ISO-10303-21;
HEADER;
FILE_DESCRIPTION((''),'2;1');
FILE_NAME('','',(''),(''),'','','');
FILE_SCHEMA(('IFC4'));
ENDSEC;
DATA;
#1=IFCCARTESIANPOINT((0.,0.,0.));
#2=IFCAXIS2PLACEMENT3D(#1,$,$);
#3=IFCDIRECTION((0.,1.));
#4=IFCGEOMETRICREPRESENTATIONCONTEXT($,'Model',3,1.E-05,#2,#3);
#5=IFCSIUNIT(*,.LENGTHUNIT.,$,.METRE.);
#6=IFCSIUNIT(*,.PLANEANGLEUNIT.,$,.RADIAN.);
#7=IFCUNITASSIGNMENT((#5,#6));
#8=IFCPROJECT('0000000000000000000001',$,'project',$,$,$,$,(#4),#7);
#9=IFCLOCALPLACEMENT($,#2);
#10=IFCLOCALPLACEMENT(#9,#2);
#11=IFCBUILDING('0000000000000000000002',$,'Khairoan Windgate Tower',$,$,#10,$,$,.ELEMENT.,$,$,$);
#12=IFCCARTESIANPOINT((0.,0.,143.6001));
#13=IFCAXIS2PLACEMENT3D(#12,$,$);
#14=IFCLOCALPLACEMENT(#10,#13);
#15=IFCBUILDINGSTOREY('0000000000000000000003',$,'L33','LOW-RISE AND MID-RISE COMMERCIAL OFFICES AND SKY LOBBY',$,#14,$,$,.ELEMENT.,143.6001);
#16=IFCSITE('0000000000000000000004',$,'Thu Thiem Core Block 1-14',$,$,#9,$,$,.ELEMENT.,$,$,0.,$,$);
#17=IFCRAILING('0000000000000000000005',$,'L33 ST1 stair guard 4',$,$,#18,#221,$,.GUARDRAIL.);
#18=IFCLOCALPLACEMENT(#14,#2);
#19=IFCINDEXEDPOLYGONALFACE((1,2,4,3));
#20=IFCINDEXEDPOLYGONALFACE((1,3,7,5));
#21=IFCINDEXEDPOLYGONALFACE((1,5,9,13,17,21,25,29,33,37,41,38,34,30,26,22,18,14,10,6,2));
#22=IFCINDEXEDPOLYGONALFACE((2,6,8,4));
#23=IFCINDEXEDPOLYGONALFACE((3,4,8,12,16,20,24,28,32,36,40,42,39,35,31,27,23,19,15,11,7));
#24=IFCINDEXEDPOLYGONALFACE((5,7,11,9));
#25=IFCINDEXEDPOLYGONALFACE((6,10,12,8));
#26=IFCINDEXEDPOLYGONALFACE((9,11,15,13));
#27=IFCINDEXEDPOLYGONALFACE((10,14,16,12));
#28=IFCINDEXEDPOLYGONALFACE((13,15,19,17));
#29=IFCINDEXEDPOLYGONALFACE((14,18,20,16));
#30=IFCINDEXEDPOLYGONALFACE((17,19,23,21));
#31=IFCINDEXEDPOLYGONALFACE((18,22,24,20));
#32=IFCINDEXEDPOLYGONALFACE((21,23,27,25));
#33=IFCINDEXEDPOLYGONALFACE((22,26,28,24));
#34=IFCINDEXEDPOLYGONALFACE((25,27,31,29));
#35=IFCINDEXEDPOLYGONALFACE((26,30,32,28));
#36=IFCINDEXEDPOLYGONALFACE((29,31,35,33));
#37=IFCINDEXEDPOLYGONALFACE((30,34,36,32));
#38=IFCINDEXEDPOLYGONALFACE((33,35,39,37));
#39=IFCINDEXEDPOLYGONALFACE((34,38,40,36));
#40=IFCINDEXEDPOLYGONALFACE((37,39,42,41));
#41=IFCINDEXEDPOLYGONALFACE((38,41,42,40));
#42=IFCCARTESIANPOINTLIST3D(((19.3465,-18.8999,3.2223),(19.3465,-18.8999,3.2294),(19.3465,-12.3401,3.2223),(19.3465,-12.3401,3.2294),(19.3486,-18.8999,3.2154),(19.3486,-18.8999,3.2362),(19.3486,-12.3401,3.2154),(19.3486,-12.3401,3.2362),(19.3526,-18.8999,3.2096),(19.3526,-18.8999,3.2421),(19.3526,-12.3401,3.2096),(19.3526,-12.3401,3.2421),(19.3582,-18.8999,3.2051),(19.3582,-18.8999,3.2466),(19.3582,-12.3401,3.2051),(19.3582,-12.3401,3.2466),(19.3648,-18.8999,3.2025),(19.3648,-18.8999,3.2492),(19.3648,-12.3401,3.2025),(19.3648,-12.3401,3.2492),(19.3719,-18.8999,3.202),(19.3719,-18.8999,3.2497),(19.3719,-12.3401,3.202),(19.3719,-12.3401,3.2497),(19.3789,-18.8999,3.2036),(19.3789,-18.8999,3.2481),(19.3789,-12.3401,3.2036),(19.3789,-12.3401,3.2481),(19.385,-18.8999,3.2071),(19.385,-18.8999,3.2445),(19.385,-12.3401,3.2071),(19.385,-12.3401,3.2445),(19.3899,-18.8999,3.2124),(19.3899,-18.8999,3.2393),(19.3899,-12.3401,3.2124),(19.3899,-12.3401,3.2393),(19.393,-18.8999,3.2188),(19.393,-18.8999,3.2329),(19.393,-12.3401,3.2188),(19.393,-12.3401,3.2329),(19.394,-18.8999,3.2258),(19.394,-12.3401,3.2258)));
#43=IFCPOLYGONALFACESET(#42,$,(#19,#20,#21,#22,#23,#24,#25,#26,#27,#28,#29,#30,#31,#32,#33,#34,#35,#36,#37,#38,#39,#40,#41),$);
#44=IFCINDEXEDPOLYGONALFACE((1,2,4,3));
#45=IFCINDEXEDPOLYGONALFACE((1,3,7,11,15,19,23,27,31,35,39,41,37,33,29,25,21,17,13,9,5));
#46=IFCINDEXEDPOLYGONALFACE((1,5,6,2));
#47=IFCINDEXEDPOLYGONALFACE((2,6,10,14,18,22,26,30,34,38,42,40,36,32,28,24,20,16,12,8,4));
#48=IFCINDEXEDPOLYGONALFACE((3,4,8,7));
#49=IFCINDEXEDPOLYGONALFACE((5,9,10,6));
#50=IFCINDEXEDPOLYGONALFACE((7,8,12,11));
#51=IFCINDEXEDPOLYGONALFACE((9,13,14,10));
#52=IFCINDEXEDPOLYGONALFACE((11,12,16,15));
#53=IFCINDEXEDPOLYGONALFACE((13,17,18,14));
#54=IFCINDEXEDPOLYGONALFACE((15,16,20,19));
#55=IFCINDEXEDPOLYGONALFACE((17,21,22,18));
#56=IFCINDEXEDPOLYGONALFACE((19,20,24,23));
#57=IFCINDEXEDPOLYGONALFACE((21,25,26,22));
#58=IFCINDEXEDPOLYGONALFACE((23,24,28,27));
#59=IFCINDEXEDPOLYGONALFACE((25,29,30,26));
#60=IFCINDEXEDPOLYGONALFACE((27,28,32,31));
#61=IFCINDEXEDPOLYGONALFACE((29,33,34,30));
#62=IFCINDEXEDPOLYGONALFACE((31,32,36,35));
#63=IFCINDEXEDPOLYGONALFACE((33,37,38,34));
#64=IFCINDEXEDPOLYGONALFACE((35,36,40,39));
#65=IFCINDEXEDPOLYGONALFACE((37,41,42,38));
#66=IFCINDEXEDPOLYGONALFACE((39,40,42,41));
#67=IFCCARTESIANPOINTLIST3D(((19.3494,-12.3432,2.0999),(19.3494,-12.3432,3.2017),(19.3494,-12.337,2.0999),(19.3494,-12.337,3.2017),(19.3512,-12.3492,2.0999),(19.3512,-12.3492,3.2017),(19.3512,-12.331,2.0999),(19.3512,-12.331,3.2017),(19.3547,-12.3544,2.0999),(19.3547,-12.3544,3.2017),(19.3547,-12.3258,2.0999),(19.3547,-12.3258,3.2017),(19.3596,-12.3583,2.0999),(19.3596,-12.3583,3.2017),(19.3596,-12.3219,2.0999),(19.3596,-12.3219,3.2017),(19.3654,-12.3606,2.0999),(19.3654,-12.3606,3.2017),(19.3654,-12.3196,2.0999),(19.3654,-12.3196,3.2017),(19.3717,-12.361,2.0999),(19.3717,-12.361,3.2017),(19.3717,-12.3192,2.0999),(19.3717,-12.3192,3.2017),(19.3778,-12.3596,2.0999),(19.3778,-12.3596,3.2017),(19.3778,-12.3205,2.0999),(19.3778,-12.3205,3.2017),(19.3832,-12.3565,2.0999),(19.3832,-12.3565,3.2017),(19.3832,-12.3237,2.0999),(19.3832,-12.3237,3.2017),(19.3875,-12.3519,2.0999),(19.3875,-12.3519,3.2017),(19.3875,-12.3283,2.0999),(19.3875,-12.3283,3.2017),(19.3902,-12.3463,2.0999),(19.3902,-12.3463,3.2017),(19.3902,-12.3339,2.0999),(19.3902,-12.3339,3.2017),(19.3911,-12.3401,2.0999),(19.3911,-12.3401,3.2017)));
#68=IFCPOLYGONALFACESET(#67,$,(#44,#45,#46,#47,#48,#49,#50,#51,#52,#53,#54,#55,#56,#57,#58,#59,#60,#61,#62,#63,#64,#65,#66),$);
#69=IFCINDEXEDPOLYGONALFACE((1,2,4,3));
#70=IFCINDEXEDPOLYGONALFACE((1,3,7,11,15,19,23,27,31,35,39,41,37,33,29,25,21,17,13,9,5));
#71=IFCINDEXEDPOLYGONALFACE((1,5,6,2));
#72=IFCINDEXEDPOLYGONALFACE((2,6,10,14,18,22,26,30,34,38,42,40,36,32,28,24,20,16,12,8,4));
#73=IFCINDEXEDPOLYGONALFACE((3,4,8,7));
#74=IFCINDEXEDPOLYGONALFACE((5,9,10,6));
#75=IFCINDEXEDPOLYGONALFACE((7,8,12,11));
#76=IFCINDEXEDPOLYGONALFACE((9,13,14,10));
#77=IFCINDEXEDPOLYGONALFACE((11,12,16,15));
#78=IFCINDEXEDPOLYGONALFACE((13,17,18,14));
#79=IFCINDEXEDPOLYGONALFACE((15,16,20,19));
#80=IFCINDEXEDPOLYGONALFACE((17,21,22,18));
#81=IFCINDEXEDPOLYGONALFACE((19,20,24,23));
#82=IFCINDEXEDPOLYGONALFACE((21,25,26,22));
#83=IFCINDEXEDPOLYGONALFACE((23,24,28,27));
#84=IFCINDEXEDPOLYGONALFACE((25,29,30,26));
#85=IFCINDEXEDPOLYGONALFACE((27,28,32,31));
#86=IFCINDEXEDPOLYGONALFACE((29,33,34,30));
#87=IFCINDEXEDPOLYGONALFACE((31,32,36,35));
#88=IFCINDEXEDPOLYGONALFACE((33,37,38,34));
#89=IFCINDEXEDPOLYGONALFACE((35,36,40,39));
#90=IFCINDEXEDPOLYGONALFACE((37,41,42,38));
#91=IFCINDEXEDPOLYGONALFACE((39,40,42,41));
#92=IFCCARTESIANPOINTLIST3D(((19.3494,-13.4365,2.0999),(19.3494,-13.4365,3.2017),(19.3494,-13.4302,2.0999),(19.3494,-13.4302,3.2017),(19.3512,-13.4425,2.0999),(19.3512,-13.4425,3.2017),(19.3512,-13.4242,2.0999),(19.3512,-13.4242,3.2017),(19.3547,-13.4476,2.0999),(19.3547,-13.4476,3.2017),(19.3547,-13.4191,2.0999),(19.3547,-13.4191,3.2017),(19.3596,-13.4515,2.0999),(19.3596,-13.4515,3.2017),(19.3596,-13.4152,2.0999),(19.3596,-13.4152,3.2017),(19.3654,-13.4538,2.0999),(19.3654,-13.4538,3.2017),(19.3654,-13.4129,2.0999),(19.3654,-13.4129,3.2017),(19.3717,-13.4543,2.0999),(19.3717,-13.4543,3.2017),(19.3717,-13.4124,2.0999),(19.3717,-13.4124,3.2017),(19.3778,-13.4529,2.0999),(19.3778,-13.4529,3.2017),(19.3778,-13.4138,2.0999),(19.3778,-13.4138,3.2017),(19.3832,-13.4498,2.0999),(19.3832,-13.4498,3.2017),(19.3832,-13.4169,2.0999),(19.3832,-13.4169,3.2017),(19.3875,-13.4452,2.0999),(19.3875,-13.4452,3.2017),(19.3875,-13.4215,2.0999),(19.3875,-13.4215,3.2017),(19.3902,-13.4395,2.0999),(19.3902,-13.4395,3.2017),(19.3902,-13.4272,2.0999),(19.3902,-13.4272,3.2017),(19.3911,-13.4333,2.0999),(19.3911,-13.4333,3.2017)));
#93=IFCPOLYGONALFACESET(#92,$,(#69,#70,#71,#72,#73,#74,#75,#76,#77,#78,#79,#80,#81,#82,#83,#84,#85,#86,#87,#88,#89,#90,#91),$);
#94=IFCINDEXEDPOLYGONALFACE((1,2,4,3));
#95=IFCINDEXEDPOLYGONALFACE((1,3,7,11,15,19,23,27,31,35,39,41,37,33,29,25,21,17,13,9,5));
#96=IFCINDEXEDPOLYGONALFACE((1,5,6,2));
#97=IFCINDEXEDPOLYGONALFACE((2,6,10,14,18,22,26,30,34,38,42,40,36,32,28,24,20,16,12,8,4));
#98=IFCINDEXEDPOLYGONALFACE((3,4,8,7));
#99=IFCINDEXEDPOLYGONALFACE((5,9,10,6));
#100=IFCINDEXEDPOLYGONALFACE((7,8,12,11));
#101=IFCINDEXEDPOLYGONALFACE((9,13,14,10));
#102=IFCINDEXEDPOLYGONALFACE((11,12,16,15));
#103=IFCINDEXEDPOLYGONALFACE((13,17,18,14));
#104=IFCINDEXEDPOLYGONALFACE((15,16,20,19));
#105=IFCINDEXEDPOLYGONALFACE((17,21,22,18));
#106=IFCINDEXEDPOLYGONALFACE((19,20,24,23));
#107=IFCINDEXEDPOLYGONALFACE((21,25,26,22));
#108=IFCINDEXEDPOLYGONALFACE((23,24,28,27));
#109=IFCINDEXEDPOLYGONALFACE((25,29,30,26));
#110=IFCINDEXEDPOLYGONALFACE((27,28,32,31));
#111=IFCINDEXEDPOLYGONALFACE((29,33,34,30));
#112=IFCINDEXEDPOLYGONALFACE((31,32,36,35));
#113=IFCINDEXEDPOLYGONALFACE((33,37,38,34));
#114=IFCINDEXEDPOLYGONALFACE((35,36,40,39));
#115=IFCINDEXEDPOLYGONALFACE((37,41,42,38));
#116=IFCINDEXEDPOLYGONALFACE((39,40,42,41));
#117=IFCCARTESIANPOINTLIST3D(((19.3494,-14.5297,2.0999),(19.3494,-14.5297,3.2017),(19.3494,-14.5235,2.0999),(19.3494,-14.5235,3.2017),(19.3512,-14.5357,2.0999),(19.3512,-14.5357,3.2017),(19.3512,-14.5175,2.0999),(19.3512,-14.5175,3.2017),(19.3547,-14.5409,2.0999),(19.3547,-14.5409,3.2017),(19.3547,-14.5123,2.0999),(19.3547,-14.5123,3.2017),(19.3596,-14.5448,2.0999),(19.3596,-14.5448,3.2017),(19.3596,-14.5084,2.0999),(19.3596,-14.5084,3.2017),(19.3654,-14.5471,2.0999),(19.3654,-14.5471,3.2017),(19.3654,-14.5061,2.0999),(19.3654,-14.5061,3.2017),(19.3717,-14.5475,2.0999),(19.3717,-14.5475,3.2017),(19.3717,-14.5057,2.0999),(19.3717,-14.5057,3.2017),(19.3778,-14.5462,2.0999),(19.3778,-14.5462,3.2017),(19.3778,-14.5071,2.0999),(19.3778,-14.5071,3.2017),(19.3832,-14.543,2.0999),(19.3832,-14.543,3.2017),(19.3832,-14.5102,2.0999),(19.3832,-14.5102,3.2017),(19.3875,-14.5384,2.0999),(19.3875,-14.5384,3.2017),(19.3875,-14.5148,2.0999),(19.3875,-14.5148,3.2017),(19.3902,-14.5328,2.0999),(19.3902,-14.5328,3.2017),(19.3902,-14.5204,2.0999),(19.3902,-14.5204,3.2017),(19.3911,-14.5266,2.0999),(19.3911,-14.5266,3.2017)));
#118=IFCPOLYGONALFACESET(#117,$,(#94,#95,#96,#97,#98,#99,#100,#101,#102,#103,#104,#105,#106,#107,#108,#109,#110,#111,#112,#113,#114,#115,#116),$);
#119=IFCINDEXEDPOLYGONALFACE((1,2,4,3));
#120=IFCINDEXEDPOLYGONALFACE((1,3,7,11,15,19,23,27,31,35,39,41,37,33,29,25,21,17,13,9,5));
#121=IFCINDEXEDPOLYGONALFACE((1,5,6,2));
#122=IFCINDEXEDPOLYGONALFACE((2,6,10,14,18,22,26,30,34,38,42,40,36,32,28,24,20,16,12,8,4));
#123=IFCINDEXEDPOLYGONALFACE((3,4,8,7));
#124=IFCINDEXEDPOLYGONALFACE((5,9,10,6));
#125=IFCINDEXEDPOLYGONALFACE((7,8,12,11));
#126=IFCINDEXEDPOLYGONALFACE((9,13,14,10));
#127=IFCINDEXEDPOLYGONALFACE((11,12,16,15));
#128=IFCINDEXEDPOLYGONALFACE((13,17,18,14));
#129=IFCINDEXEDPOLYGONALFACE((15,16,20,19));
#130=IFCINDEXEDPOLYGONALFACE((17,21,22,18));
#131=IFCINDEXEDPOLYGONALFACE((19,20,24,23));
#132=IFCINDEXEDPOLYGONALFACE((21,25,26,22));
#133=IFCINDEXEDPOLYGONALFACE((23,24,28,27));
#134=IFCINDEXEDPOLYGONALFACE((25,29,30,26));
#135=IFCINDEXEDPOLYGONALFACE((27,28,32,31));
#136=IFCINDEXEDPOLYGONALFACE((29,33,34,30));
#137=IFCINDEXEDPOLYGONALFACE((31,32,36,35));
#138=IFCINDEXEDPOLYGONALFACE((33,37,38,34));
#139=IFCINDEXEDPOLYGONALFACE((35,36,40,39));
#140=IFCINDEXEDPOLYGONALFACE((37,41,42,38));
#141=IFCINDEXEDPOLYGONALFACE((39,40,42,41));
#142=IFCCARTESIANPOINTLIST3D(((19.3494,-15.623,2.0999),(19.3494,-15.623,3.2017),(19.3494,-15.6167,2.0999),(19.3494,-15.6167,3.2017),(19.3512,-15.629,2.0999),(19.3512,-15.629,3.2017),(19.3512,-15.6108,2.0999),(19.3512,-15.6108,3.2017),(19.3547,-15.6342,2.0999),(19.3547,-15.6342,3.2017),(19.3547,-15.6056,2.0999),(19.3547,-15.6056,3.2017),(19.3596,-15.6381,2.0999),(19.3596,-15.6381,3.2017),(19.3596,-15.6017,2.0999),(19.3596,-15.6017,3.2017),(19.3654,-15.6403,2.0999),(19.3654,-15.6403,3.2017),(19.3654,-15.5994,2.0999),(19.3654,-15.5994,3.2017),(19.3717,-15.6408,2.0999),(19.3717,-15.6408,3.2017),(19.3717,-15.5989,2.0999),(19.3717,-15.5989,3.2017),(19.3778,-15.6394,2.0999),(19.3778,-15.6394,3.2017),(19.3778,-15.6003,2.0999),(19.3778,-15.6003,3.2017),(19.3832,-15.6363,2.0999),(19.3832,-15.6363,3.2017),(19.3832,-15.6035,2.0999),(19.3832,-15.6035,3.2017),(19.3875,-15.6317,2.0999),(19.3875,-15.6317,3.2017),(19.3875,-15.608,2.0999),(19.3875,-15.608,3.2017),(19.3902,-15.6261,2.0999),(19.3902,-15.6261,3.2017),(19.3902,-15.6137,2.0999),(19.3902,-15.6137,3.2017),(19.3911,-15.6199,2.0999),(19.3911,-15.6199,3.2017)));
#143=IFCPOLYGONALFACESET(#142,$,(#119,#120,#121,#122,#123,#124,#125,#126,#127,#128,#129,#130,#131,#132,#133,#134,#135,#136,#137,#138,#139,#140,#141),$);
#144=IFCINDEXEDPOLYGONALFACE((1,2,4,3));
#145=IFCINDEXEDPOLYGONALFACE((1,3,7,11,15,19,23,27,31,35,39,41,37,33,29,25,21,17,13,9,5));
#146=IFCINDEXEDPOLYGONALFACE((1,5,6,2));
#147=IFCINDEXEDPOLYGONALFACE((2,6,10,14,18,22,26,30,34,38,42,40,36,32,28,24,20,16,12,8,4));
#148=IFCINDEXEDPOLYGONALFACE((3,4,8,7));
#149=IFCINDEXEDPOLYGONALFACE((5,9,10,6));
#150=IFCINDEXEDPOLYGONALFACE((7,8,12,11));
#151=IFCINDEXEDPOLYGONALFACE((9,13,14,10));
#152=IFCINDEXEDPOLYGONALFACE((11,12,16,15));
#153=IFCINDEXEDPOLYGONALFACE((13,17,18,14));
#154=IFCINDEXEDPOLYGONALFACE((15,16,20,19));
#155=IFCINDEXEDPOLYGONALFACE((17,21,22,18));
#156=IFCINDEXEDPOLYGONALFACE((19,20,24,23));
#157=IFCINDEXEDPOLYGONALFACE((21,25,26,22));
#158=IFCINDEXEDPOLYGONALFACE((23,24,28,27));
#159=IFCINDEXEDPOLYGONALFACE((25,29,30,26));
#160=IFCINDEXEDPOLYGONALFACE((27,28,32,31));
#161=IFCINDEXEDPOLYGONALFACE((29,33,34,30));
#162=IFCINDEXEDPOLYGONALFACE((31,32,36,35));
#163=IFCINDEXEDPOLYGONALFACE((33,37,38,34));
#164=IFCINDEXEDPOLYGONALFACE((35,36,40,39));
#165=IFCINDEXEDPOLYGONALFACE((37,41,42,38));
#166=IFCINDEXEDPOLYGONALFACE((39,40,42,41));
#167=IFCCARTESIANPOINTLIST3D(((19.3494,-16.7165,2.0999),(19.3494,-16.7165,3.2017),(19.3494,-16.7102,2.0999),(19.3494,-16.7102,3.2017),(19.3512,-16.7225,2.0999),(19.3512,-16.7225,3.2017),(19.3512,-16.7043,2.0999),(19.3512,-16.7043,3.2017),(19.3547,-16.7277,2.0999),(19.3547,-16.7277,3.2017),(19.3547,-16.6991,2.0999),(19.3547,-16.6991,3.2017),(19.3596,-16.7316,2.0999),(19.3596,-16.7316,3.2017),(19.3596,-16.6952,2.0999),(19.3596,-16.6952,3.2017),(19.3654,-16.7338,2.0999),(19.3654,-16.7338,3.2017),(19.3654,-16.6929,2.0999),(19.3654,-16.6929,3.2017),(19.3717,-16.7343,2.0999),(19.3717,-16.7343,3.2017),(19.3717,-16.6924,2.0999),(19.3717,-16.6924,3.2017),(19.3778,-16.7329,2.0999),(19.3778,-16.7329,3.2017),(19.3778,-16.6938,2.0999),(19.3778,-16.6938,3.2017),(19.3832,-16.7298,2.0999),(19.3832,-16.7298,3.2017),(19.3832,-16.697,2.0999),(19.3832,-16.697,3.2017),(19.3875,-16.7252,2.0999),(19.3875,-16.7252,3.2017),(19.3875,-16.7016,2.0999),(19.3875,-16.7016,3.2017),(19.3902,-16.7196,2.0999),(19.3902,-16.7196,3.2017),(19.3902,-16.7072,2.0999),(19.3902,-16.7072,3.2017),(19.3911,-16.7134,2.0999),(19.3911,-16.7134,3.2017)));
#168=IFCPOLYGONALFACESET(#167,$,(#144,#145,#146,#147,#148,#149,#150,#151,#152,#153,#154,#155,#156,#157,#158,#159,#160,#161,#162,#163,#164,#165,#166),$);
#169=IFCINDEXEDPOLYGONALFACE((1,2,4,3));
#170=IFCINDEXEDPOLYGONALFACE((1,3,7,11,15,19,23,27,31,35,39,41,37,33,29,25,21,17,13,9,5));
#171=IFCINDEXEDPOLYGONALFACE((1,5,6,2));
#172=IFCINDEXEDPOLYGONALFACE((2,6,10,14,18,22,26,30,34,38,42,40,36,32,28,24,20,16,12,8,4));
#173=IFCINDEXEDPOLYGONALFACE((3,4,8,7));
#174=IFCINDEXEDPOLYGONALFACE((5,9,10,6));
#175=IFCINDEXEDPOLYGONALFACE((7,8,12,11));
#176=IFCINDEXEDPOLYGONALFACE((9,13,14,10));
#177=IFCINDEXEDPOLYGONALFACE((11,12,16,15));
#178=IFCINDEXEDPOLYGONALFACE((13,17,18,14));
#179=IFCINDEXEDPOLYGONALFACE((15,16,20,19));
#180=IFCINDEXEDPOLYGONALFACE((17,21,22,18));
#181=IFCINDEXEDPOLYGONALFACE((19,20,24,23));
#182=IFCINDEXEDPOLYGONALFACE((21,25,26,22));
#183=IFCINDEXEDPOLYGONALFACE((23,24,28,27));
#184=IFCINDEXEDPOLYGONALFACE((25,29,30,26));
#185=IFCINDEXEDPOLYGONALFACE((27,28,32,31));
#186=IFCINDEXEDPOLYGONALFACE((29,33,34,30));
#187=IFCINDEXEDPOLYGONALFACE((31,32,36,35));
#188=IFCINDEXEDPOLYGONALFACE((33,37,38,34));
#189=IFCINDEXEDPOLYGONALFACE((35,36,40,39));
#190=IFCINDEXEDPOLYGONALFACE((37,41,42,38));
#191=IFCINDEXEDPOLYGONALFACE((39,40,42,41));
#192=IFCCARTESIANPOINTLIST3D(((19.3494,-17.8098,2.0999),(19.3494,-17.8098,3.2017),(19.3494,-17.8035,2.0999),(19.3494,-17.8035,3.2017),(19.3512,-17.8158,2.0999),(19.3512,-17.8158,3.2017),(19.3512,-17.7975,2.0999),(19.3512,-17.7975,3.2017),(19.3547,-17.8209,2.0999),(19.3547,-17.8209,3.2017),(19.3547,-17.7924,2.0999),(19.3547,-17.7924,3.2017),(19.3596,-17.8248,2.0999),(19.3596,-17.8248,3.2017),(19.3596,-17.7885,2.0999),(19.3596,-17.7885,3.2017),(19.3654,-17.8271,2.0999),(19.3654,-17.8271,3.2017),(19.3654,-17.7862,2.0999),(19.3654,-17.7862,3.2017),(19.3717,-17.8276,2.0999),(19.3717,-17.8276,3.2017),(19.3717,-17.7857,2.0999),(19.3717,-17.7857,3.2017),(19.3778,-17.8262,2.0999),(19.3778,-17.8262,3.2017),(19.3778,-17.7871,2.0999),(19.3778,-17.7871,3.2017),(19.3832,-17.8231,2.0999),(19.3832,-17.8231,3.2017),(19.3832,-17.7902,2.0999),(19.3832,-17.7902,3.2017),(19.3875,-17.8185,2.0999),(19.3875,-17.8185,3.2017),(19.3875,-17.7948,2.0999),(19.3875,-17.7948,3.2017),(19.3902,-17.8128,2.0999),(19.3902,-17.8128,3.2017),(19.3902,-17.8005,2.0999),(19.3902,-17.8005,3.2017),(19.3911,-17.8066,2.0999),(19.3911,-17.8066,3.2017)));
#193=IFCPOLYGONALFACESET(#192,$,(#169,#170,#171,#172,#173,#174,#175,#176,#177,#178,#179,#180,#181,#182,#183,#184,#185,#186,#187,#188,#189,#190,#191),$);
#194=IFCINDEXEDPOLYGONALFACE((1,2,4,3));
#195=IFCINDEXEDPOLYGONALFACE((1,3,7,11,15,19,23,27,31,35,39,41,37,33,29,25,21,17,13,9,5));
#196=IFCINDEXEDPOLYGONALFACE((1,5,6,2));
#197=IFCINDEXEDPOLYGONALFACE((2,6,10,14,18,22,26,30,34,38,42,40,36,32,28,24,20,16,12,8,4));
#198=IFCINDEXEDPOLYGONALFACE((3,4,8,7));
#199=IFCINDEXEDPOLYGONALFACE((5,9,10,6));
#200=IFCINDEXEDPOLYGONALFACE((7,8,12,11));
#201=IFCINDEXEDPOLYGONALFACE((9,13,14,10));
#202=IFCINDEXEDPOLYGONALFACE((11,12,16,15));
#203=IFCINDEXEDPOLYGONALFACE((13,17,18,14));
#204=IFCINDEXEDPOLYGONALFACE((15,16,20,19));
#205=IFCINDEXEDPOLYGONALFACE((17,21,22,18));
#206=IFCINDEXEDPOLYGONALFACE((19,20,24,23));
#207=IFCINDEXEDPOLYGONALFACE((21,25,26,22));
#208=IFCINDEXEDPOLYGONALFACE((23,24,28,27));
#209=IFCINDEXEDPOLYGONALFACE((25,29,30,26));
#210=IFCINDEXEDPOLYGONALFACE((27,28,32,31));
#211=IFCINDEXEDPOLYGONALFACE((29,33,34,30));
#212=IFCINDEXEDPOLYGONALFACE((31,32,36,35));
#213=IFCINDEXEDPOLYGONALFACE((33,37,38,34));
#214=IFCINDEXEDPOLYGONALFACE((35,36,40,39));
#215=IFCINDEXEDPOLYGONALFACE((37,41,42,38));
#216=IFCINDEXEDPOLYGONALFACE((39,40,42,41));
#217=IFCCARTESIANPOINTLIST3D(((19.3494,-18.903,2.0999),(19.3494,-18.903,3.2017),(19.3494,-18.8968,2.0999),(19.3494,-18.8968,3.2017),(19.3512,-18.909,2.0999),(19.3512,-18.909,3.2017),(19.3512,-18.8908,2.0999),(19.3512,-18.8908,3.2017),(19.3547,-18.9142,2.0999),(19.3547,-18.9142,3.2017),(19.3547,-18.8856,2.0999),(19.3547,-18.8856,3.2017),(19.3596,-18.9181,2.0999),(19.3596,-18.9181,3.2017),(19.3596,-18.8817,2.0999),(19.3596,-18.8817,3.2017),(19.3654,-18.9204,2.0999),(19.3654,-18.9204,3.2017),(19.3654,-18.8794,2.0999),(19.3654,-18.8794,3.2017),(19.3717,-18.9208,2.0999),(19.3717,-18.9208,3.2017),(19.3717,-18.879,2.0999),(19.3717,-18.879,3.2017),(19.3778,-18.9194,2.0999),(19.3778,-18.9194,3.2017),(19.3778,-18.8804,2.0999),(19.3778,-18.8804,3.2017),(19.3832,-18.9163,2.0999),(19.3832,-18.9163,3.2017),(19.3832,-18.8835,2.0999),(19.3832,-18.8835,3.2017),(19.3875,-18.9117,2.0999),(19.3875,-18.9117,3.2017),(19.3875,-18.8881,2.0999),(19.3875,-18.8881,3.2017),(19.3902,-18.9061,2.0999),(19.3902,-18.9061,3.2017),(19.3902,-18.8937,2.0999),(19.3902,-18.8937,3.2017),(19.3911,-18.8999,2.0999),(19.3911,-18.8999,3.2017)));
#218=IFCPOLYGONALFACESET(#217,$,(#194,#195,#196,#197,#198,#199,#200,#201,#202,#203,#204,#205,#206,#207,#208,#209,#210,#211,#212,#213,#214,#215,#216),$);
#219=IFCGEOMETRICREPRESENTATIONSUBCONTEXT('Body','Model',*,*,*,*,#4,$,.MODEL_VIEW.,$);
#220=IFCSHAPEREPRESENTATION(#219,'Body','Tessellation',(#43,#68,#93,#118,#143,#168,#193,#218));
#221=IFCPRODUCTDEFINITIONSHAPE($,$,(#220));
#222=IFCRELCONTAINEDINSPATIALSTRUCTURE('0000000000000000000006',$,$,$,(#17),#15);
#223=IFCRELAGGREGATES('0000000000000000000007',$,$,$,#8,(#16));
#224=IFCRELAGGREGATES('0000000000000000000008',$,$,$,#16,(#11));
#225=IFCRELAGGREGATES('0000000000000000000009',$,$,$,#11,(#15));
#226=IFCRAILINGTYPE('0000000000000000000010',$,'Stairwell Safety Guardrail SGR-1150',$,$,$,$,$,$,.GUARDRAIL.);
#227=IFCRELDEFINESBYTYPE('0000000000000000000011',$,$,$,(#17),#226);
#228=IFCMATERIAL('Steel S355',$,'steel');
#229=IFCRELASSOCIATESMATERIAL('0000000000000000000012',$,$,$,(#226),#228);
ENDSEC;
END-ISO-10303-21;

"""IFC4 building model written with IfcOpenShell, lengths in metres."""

from ifc_helpers import new_model, si_unit, direction, frame, origin, origin_2d, place, context, subcontext, project, spatial, circle, extrude, material, type_object, element, save


model = new_model("IFC4")

# Units and contexts
model_context = context("Model", 3, precision=1e-05, world=origin(), true_north=direction((0.0, 1.0)))
body_context = subcontext(model_context, "Body", "Model", "MODEL_VIEW")
ifc_project = project(units=[si_unit("LENGTHUNIT", "METRE"), si_unit("PLANEANGLEUNIT", "RADIAN")], contexts=[model_context])

# Site, building, storey
site_placement = place(None, origin())
site = spatial("IfcSite", under=ifc_project, at=site_placement, Name="Thu Thiem Core Block 1-14", CompositionType="ELEMENT", RefElevation=0.0)
building_placement = place(site_placement, origin())
building = spatial("IfcBuilding", under=site, at=building_placement, Name="Khairoan Windgate Tower", CompositionType="ELEMENT")
storey_placement = place(building_placement, frame((0.0, 0.0, 143.6001)))
storey = spatial("IfcBuildingStorey", under=building, at=storey_placement, Name="L33", Description="LOW-RISE AND MID-RISE COMMERCIAL OFFICES AND SKY LOBBY", CompositionType="ELEMENT", Elevation=143.6001)

# Railing
ifc_material_1 = material(Name="Steel S355", Category="steel")
railing_type_1 = type_object("IfcRailingType", Name="Stairwell Safety Guardrail SGR-1150", PredefinedType="GUARDRAIL", material=ifc_material_1)
railing_1_placement = place(storey_placement, frame((19.3701, -12.3401, 2.0999)))
element("IfcRailing", 1, at=railing_1_placement, inside=storey, type_object=railing_type_1, Name="L33 ST1 stair guard 4", PredefinedType="GUARDRAIL", context=body_context, shape_type="SweptSolid", body=[
    extrude(circle(Radius=0.0239, at=origin_2d()), frame((0.0, 0.0, 1.126), z_axis=(0.0, -1.0, 0.0), x_axis=(1.0, 0.0, 0.0)), (0.0, 0.0, 1.0), 6.5598),
    extrude(circle(Radius=0.021, at=origin_2d()), origin(), (0.0, 0.0, 1.0), 1.1018),
    extrude(circle(Radius=0.021, at=origin_2d()), frame((0.0, -1.0933, 0.0)), (0.0, 0.0, 1.0), 1.1018),
    extrude(circle(Radius=0.021, at=origin_2d()), frame((0.0, -2.1865, 0.0)), (0.0, 0.0, 1.0), 1.1018),
    extrude(circle(Radius=0.021, at=origin_2d()), frame((0.0, -3.2798, 0.0)), (0.0, 0.0, 1.0), 1.1018),
    extrude(circle(Radius=0.021, at=origin_2d()), frame((0.0, -4.3733, 0.0)), (0.0, 0.0, 1.0), 1.1018),
    extrude(circle(Radius=0.021, at=origin_2d()), frame((0.0, -5.4666, 0.0)), (0.0, 0.0, 1.0), 1.1018),
    extrude(circle(Radius=0.021, at=origin_2d()), frame((0.0, -6.5598, 0.0)), (0.0, 0.0, 1.0), 1.1018),
])

save(model, "model.ifc")
